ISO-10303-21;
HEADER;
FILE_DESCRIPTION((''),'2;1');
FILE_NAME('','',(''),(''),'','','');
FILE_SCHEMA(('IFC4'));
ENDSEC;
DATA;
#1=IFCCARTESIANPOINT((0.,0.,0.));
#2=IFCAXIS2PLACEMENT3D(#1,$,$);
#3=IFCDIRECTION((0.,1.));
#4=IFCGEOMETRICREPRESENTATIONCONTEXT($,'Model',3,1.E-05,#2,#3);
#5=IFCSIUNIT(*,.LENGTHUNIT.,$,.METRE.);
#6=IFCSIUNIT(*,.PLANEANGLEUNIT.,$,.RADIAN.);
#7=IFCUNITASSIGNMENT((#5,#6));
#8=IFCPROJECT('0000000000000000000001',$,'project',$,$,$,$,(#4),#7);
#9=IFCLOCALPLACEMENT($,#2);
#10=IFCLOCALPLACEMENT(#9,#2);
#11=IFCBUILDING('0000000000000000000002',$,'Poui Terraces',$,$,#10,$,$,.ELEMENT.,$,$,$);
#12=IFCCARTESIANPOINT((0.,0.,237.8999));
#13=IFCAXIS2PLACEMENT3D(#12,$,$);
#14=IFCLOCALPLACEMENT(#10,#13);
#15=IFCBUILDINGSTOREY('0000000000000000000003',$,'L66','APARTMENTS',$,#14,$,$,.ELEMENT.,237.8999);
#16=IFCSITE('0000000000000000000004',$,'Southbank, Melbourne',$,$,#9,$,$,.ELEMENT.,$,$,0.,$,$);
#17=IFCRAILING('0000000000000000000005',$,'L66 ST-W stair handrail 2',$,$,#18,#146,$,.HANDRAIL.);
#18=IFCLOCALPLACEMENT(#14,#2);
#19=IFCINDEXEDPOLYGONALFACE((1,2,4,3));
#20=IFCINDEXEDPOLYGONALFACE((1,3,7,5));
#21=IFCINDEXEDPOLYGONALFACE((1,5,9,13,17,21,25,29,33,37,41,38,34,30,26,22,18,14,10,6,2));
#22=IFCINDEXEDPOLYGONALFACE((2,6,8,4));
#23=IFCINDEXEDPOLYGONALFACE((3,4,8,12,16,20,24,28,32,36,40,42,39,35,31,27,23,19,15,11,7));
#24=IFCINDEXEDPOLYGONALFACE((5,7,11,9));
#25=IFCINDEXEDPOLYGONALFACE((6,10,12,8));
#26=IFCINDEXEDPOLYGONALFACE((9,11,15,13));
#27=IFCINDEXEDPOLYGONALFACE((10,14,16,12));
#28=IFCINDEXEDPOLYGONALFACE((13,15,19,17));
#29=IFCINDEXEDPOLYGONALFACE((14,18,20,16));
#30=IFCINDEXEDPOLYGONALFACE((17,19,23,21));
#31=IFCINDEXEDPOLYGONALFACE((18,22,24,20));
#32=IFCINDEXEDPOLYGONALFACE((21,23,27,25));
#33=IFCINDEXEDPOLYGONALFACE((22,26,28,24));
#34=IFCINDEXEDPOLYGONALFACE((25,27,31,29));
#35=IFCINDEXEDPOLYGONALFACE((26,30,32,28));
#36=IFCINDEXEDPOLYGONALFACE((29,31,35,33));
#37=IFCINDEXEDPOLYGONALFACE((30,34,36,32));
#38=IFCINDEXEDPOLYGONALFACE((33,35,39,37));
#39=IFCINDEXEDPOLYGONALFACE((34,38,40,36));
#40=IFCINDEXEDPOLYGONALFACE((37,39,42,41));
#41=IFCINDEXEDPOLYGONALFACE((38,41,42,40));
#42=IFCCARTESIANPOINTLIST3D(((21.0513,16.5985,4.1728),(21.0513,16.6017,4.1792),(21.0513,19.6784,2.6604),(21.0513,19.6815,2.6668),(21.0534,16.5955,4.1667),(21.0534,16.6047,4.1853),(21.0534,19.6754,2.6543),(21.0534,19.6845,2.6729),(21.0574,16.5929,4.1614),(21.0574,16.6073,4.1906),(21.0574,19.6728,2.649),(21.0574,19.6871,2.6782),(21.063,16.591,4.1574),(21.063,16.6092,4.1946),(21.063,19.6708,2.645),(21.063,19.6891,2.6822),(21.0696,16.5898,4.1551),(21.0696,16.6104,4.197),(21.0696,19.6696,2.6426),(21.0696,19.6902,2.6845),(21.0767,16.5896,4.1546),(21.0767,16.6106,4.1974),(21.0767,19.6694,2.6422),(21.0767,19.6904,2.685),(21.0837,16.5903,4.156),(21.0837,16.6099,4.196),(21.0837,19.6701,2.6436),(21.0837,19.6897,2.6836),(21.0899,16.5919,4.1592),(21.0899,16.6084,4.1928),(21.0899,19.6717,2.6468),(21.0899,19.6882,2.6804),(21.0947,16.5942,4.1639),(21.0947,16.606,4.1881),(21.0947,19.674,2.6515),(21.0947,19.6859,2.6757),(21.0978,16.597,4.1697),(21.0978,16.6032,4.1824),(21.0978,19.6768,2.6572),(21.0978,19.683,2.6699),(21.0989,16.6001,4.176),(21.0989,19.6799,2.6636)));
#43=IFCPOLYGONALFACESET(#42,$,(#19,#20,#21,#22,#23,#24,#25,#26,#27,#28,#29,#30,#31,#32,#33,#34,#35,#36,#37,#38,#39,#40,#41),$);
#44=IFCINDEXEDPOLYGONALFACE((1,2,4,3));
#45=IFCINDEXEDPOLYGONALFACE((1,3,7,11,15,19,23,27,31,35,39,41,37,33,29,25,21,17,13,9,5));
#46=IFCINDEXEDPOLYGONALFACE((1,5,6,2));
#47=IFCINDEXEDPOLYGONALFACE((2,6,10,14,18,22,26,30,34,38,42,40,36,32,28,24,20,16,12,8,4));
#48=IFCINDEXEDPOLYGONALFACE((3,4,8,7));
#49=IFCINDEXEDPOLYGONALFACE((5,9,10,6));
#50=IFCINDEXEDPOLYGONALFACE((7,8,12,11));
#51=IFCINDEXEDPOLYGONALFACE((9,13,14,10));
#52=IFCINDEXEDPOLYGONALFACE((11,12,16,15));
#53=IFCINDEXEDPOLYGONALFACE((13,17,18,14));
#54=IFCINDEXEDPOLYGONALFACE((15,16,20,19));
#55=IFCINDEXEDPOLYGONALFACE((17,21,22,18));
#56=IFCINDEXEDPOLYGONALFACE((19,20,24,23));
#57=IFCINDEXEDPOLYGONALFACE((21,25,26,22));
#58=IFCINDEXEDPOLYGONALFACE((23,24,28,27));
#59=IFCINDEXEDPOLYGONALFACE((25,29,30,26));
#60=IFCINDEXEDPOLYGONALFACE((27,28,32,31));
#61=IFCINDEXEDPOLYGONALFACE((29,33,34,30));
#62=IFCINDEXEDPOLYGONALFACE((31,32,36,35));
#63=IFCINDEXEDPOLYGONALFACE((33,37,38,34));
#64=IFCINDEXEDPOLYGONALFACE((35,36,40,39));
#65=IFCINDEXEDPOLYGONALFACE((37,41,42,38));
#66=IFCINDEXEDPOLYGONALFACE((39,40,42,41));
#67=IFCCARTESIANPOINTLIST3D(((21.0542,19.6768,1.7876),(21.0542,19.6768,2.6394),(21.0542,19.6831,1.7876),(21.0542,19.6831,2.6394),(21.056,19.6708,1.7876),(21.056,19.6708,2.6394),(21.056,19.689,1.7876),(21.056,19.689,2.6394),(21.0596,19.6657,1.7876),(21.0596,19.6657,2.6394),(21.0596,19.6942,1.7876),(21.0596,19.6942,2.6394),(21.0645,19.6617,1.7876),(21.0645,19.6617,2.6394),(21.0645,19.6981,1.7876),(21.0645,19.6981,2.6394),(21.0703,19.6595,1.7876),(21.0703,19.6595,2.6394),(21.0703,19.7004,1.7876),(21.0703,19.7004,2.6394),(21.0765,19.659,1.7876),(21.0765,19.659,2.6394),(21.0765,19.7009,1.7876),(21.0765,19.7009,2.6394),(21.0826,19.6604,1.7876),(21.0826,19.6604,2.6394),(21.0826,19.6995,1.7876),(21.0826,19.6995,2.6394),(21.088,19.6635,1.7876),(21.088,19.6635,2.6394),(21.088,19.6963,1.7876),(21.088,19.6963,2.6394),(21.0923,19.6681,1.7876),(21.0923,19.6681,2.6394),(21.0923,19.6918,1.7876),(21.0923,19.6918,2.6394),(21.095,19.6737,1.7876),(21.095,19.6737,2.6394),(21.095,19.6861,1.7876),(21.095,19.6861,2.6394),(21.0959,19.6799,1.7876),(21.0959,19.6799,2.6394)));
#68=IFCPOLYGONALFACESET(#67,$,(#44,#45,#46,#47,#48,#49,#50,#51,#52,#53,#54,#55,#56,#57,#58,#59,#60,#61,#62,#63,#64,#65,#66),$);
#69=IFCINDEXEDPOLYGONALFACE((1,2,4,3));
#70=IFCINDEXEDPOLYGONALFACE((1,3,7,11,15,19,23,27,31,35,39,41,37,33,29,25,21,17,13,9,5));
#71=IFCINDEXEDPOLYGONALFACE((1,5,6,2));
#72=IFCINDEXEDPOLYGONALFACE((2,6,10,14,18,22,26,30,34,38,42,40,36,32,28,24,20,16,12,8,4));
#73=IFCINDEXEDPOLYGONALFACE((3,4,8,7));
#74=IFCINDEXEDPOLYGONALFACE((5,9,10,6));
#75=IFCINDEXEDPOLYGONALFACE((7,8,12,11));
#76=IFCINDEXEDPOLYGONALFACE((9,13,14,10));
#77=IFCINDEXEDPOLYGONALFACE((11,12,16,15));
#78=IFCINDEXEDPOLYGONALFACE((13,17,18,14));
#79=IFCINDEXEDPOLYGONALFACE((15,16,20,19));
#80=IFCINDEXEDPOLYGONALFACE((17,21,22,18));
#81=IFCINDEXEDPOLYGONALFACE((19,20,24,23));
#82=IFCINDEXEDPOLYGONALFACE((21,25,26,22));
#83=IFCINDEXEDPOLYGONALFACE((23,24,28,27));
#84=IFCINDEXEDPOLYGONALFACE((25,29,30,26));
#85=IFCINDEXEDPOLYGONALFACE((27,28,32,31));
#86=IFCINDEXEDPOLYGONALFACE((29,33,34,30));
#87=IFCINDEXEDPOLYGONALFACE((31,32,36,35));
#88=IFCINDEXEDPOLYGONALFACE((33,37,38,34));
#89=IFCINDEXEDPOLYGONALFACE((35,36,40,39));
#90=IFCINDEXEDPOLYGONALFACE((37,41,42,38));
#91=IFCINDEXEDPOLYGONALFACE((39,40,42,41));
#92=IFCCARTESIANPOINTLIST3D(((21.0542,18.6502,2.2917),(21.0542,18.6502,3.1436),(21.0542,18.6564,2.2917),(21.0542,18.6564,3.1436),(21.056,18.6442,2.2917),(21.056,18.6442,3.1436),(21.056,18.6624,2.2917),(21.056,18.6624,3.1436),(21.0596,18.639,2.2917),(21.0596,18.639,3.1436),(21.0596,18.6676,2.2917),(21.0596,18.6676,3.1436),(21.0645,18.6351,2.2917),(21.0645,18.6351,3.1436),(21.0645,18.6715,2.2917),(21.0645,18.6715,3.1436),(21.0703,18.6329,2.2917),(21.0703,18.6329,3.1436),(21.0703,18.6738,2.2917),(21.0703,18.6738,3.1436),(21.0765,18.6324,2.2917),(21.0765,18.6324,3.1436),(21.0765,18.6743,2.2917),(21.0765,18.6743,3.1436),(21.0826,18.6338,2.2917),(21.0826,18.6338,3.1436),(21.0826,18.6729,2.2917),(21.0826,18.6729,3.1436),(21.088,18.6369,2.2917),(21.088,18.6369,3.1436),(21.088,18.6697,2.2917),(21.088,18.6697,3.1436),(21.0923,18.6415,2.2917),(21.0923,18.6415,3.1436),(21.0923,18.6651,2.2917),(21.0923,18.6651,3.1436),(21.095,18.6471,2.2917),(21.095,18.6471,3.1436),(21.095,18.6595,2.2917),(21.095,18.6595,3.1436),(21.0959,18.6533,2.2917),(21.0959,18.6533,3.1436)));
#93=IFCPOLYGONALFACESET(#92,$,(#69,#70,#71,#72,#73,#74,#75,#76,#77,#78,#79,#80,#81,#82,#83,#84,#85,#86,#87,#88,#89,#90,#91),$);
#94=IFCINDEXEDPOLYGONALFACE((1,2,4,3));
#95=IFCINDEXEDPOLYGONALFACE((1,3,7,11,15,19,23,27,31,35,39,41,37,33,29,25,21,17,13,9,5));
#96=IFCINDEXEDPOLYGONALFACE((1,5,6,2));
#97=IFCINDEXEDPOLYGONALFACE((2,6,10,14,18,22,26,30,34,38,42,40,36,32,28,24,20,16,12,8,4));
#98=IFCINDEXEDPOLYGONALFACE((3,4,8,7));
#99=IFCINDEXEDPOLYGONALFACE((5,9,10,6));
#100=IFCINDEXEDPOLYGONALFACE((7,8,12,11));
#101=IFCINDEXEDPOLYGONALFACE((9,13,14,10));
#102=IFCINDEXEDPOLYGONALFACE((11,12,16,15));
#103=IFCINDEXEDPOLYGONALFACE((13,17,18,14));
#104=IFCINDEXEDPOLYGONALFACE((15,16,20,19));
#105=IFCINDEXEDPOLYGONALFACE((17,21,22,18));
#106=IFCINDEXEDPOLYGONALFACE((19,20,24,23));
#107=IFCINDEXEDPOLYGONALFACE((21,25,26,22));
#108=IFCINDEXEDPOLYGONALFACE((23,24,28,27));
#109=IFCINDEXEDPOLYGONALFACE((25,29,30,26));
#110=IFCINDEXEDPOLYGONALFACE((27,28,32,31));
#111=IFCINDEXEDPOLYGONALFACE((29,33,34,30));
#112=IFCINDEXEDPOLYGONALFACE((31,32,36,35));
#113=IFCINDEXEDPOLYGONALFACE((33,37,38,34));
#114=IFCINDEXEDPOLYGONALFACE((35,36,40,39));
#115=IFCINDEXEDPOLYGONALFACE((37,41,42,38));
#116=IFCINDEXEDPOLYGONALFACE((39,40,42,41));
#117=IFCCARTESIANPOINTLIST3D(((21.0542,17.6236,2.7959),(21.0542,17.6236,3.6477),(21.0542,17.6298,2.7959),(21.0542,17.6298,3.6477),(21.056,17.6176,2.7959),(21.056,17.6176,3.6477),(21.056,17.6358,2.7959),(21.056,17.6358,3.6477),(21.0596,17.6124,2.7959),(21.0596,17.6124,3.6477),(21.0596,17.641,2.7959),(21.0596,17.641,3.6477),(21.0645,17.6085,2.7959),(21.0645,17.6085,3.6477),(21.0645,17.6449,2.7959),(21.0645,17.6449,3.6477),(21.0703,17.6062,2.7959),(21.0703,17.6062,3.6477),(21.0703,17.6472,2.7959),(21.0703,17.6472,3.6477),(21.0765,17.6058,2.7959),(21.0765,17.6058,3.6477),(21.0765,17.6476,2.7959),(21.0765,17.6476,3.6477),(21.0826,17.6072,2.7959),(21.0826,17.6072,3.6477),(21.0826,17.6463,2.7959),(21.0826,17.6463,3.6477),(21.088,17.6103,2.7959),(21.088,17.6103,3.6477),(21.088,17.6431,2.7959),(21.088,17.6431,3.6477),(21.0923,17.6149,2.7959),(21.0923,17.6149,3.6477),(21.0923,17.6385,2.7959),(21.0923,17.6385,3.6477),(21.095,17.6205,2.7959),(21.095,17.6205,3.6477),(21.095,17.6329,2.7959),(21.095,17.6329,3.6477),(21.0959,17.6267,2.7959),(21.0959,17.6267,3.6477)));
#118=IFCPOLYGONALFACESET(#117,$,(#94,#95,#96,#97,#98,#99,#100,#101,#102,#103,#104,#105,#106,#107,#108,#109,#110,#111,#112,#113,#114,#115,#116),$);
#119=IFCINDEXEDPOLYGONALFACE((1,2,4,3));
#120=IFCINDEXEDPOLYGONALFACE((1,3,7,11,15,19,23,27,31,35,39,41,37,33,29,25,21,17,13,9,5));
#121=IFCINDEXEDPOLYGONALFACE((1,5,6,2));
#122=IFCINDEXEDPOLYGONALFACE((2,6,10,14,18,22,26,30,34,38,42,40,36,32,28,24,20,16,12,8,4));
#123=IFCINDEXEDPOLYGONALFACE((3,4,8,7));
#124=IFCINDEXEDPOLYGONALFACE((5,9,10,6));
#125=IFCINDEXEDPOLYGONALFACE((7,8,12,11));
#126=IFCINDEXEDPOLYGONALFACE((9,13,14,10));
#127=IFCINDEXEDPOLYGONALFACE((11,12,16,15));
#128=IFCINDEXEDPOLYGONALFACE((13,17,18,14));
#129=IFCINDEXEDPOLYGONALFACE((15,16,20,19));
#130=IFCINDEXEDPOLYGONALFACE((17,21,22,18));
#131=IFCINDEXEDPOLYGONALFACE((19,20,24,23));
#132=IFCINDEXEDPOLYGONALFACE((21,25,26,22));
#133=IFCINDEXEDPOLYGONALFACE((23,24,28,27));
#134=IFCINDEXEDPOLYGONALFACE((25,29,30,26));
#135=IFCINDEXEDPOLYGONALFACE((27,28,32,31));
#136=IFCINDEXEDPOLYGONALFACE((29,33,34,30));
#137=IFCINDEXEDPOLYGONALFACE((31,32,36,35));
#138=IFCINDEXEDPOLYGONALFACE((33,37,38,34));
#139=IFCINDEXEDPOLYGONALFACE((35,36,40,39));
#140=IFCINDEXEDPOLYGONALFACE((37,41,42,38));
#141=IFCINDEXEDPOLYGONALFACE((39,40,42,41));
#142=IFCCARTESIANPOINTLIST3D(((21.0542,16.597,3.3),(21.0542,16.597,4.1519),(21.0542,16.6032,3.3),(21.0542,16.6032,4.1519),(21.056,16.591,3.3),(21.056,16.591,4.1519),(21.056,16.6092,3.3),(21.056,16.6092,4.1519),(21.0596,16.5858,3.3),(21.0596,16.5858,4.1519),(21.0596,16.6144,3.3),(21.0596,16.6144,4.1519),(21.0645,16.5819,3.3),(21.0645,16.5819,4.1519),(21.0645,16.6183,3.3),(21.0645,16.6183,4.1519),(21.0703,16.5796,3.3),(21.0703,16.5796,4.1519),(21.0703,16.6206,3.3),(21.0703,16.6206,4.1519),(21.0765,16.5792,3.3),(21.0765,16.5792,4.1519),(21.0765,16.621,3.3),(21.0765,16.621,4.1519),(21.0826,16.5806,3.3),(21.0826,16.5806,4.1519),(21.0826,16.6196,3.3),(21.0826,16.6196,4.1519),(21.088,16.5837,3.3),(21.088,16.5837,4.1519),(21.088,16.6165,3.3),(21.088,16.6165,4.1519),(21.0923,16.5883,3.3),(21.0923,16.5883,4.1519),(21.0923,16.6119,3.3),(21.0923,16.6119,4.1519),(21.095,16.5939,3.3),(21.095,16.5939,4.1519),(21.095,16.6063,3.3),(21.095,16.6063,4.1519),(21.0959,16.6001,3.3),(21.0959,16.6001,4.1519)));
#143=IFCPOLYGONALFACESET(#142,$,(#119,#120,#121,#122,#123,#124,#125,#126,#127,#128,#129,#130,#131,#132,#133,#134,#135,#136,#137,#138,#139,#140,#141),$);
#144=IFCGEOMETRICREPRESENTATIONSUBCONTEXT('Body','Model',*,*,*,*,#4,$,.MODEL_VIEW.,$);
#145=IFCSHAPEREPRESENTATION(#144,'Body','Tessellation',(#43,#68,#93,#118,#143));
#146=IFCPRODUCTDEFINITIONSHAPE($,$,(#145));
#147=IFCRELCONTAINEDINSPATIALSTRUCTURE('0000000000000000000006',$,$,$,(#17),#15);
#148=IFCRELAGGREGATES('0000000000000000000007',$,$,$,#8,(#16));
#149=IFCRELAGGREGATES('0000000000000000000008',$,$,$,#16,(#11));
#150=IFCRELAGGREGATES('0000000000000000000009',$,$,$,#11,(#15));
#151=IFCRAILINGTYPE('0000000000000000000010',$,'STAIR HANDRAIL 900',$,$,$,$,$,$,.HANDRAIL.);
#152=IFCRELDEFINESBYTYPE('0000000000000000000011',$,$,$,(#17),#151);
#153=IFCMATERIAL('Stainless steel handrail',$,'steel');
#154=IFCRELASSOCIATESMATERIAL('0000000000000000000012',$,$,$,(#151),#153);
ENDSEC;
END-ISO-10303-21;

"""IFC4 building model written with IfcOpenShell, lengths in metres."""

from ifc_helpers import new_model, si_unit, direction, frame, origin, origin_2d, place, context, subcontext, project, spatial, circle, extrude, material, type_object, element, save


model = new_model("IFC4")

# Units and contexts
model_context = context("Model", 3, precision=1e-05, world=origin(), true_north=direction((0.0, 1.0)))
body_context = subcontext(model_context, "Body", "Model", "MODEL_VIEW")
ifc_project = project(units=[si_unit("LENGTHUNIT", "METRE"), si_unit("PLANEANGLEUNIT", "RADIAN")], contexts=[model_context])

# Site, building, storey
site_placement = place(None, origin())
site = spatial("IfcSite", under=ifc_project, at=site_placement, Name="Southbank, Melbourne", CompositionType="ELEMENT", RefElevation=0.0)
building_placement = place(site_placement, origin())
building = spatial("IfcBuilding", under=site, at=building_placement, Name="Poui Terraces", CompositionType="ELEMENT")
storey_placement = place(building_placement, frame((0.0, 0.0, 237.8999)))
storey = spatial("IfcBuildingStorey", under=building, at=storey_placement, Name="L66", Description="APARTMENTS", CompositionType="ELEMENT", Elevation=237.8999)

# Railing
ifc_material_1 = material(Name="Stainless steel handrail", Category="steel")
railing_type_1 = type_object("IfcRailingType", Name="STAIR HANDRAIL 900", PredefinedType="HANDRAIL", material=ifc_material_1)
railing_1_placement = place(storey_placement, frame((21.075, 19.6799, 1.7876)))
element("IfcRailing", 1, at=railing_1_placement, inside=storey, type_object=railing_type_1, Name="L66 ST-W stair handrail 2", PredefinedType="HANDRAIL", context=body_context, shape_type="SweptSolid", body=[
    extrude(circle(Radius=0.0239, at=origin_2d()), frame((0.0, 0.0, 0.876), z_axis=(0.0, -0.897606, 0.440798), x_axis=(1.0, 0.0, 0.0)), (0.0, 0.0, 1.0), 3.4312),
    extrude(circle(Radius=0.021, at=origin_2d()), origin(), (0.0, 0.0, 1.0), 0.8518),
    extrude(circle(Radius=0.021, at=origin_2d()), frame((0.0, -1.0266, 0.5042)), (0.0, 0.0, 1.0), 0.8518),
    extrude(circle(Radius=0.021, at=origin_2d()), frame((0.0, -2.0532, 1.0083)), (0.0, 0.0, 1.0), 0.8518),
    extrude(circle(Radius=0.021, at=origin_2d()), frame((0.0, -3.0798, 1.5125)), (0.0, 0.0, 1.0), 0.8518),
])

save(model, "model.ifc")
